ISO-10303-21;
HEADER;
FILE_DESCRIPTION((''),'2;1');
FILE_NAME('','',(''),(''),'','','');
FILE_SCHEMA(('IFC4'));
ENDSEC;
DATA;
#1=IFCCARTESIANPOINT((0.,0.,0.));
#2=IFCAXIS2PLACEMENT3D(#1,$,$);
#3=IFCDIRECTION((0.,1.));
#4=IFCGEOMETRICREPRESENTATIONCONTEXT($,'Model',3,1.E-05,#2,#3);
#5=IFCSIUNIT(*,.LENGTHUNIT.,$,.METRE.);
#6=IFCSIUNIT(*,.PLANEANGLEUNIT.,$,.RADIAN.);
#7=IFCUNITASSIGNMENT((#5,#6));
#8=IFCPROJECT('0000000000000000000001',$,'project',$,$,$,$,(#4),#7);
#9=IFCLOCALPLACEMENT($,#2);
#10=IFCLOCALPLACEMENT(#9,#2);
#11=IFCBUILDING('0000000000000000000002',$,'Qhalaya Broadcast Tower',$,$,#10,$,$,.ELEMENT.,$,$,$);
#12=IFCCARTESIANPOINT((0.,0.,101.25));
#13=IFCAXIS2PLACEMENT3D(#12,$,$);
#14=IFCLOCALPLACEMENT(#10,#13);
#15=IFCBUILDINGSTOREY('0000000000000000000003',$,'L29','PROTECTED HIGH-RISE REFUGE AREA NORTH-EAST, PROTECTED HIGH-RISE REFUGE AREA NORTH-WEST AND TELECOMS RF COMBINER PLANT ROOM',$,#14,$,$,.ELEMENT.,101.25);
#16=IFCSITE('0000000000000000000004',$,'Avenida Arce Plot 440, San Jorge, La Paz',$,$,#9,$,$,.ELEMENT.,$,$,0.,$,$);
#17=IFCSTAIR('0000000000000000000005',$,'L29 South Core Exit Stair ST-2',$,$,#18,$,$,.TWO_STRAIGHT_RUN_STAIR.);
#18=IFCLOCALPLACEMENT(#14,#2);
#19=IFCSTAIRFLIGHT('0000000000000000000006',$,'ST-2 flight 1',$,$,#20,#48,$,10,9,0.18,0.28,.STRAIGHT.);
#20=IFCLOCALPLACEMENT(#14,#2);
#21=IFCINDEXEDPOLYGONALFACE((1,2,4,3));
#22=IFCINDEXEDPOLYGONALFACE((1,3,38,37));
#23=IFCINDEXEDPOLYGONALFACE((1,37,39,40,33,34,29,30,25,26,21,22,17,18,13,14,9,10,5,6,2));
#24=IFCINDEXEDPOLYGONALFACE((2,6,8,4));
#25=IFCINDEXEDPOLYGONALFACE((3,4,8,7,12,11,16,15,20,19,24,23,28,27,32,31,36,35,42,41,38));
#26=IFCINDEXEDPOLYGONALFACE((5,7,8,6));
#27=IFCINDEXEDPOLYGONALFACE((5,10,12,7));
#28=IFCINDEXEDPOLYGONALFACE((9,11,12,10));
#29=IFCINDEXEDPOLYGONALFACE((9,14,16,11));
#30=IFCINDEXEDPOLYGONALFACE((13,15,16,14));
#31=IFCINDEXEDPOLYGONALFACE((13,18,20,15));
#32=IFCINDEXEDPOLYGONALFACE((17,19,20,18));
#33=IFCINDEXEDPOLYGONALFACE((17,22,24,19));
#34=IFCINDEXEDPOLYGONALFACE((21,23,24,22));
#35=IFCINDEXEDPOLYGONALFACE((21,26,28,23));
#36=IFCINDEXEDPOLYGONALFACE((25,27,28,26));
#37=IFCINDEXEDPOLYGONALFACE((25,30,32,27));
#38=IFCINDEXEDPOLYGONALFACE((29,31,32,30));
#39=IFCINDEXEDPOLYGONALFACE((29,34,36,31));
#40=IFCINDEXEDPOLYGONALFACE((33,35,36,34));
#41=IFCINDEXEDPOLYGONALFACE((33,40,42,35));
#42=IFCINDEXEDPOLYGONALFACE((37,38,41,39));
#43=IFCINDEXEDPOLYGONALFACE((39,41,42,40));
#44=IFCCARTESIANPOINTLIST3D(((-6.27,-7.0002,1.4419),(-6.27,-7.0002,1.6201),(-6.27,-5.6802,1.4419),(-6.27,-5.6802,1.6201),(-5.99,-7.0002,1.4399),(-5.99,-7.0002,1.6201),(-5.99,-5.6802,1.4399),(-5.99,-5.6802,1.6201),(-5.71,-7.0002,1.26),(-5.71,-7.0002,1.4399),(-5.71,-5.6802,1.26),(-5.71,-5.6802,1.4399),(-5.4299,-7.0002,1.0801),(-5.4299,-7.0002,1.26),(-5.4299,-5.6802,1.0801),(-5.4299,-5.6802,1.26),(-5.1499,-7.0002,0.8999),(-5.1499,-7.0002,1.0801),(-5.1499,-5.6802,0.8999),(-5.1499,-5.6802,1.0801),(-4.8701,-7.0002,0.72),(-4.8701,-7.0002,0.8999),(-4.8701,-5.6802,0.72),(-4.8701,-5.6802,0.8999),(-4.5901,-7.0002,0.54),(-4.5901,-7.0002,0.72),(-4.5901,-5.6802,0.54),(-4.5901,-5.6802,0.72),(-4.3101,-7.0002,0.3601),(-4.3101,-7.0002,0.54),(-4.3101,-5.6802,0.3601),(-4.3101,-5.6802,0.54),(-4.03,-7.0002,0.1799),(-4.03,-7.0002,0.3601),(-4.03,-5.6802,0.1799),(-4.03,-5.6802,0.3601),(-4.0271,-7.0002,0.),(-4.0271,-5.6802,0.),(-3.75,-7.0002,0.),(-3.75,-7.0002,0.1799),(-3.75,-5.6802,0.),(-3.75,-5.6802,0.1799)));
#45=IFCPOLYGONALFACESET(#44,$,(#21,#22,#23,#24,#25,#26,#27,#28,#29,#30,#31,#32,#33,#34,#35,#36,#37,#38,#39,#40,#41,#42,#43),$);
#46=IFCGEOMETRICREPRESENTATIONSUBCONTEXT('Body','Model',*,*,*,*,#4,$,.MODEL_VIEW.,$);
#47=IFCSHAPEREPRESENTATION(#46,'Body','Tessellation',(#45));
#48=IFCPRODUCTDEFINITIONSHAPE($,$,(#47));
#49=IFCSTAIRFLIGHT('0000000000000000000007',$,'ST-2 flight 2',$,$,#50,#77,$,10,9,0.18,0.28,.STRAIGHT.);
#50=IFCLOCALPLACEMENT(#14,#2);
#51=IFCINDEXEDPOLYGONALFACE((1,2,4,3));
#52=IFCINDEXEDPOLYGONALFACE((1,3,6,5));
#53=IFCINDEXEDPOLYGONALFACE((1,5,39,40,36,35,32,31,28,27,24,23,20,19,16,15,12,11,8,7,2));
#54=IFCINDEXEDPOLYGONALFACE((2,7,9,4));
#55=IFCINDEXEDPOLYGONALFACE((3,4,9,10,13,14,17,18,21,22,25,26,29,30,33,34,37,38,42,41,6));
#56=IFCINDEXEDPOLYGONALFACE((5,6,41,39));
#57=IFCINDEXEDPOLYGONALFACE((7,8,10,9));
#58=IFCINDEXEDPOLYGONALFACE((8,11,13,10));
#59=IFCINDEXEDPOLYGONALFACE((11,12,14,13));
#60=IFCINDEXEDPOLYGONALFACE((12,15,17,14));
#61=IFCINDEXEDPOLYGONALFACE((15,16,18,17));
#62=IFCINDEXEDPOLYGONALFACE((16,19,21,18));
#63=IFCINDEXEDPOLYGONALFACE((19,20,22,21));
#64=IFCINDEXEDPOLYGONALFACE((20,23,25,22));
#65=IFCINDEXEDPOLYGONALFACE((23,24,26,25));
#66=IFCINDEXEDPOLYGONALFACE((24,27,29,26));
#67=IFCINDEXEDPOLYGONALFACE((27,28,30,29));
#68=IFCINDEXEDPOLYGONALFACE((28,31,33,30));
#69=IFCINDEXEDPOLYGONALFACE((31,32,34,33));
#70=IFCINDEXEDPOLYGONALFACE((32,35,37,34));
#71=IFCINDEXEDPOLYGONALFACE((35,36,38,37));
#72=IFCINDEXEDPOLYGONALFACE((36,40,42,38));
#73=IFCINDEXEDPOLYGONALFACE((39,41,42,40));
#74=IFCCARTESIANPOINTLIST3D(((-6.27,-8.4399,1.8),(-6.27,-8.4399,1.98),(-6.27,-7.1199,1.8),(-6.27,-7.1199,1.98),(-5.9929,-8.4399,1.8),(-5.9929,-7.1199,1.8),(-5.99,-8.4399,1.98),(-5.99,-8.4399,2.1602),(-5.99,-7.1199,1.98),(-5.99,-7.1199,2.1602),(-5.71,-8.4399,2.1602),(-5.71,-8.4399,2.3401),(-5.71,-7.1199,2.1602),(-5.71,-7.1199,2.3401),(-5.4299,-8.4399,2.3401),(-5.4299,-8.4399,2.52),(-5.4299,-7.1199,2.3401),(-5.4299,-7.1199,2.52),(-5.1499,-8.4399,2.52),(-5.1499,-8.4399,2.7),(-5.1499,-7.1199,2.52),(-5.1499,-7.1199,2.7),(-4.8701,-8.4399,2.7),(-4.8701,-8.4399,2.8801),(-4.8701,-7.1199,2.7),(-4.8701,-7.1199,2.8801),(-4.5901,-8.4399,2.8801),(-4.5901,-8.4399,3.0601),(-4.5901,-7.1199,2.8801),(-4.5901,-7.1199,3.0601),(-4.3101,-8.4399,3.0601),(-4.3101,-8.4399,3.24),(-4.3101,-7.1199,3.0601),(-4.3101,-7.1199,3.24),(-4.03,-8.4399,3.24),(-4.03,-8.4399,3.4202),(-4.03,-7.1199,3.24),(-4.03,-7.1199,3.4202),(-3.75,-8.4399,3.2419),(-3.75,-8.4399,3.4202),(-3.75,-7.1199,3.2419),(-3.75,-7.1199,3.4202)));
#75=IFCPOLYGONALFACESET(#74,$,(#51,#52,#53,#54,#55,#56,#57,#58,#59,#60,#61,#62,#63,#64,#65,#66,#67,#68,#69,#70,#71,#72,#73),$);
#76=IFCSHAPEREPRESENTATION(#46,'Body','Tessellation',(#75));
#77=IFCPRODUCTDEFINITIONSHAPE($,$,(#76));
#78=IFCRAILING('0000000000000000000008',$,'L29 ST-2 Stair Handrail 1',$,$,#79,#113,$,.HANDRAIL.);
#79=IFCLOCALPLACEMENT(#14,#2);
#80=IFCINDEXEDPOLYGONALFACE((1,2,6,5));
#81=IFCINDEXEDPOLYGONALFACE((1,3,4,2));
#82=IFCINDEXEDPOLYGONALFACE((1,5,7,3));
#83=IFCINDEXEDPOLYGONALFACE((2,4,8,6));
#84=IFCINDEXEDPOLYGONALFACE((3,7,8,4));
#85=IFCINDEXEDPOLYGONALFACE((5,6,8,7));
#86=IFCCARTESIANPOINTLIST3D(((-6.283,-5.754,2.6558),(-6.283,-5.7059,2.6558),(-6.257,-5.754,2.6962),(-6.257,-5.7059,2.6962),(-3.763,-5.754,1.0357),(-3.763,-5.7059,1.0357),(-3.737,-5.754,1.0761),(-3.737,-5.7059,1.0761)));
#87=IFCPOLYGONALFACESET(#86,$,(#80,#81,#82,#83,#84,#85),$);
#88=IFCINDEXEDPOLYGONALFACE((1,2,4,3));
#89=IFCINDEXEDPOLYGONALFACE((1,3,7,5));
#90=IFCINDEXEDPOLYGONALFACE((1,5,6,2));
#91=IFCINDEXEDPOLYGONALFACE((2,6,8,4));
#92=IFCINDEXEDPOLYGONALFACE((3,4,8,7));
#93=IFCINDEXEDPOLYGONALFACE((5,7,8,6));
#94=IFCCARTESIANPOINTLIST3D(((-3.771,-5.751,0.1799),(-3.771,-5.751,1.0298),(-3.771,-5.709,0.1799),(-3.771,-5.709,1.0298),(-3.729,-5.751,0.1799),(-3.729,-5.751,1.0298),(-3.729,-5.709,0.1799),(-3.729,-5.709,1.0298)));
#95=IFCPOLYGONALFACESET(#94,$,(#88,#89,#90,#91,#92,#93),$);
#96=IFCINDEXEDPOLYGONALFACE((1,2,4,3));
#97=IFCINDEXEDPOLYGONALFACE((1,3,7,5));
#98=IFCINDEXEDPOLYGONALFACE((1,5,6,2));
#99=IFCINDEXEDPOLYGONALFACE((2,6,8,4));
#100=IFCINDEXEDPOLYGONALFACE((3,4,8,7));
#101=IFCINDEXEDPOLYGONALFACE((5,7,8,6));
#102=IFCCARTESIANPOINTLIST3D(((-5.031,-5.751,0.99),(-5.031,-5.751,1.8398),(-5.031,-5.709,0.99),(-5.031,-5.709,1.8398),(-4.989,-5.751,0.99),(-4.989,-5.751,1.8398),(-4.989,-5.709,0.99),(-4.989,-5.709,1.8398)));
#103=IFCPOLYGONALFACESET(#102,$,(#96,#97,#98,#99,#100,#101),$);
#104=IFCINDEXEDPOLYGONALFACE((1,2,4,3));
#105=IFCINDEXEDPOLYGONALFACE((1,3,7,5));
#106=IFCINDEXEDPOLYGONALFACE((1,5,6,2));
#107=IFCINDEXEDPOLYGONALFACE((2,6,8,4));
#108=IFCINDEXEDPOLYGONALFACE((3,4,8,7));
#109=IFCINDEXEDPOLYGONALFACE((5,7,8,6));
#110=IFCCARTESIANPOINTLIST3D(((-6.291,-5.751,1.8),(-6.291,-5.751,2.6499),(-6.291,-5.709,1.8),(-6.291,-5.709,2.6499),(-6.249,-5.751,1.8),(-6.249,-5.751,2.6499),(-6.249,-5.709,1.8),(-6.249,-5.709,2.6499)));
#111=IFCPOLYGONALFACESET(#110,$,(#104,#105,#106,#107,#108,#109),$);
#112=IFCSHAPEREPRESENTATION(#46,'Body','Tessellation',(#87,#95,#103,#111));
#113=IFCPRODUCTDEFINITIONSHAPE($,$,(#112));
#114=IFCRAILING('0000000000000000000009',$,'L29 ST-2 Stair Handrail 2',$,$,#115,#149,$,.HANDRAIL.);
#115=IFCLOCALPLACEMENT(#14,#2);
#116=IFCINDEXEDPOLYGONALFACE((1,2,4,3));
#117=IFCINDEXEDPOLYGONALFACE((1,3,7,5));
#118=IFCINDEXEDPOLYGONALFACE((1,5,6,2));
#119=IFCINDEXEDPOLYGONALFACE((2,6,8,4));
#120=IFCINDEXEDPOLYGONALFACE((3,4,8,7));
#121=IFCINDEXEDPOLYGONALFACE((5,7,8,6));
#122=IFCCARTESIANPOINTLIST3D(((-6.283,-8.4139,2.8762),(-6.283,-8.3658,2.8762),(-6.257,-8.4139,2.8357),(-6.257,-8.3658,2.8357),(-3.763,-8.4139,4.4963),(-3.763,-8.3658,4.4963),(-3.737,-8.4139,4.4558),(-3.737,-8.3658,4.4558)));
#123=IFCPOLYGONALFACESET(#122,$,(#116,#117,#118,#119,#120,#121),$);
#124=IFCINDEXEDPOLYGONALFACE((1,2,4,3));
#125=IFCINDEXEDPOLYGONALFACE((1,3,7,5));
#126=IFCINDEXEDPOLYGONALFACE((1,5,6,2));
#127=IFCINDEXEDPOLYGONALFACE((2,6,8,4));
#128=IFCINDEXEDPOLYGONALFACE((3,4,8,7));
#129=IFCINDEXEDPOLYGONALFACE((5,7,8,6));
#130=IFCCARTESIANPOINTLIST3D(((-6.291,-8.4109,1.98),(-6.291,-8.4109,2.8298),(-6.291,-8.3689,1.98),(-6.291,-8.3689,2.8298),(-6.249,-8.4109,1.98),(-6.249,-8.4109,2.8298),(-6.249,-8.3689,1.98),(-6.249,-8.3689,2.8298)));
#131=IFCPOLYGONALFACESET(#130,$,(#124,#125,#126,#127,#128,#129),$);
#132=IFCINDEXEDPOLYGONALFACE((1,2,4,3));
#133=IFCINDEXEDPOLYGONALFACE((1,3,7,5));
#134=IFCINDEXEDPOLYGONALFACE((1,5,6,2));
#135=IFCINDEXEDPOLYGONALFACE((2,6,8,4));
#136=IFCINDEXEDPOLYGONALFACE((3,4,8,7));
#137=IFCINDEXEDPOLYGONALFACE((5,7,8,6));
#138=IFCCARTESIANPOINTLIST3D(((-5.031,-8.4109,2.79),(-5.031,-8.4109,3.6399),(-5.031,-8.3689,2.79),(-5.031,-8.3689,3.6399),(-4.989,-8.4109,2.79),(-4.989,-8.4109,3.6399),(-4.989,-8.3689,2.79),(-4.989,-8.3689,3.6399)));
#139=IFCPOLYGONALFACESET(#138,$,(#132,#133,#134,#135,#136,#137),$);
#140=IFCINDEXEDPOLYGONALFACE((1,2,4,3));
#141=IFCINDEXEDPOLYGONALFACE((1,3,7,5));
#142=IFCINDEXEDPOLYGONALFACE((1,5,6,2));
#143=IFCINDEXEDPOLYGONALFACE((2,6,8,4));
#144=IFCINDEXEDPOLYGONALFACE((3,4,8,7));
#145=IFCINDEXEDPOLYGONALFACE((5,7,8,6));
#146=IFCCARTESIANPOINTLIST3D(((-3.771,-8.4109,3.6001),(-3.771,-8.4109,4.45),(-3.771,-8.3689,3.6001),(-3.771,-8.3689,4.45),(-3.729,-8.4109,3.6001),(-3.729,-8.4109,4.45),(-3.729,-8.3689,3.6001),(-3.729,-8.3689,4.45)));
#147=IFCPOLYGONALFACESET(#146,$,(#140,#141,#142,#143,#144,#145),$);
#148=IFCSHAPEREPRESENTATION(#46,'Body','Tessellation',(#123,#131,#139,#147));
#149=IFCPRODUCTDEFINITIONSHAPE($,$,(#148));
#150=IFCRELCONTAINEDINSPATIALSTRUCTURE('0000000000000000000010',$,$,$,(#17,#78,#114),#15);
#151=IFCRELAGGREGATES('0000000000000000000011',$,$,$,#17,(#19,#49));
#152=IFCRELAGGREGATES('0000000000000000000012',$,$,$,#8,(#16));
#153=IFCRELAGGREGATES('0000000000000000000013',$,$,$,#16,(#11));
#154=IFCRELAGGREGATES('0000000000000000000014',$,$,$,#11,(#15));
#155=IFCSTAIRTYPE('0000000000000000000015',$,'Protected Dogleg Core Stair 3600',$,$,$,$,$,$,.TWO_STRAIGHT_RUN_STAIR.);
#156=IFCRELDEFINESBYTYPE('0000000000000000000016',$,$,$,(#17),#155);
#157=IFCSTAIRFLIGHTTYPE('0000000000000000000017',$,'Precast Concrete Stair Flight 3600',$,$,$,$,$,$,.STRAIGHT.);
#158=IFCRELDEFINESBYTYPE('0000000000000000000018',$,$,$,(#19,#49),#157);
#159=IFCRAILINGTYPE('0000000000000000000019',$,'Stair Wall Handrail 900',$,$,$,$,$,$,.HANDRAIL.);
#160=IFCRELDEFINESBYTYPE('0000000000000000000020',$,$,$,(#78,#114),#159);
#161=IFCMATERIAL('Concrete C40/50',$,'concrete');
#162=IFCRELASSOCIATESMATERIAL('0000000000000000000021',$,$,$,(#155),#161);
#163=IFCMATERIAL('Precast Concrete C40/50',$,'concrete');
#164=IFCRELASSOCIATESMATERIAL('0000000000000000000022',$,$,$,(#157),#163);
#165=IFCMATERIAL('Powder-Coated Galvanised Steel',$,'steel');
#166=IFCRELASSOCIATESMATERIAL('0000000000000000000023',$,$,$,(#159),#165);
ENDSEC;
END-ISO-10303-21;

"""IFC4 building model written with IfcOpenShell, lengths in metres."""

from ifc_helpers import new_model, si_unit, direction, frame, origin, origin_2d, place, context, subcontext, project, spatial, polyline, rectangle, outline, extrude, material, type_object, element, aggregate, save


model = new_model("IFC4")

# Units and contexts
model_context = context("Model", 3, precision=1e-05, world=origin(), true_north=direction((0.0, 1.0)))
body_context = subcontext(model_context, "Body", "Model", "MODEL_VIEW")
ifc_project = project(units=[si_unit("LENGTHUNIT", "METRE"), si_unit("PLANEANGLEUNIT", "RADIAN")], contexts=[model_context])

# Site, building, storey
site_placement = place(None, origin())
site = spatial("IfcSite", under=ifc_project, at=site_placement, Name="Avenida Arce Plot 440, San Jorge, La Paz", CompositionType="ELEMENT", RefElevation=0.0)
building_placement = place(site_placement, origin())
building = spatial("IfcBuilding", under=site, at=building_placement, Name="Qhalaya Broadcast Tower", CompositionType="ELEMENT")
storey_placement = place(building_placement, frame((0.0, 0.0, 101.25)))
storey = spatial("IfcBuildingStorey", under=building, at=storey_placement, Name="L29", Description="PROTECTED HIGH-RISE REFUGE AREA NORTH-EAST, PROTECTED HIGH-RISE REFUGE AREA NORTH-WEST AND TELECOMS RF COMBINER PLANT ROOM", CompositionType="ELEMENT", Elevation=101.25)

# Stair, stair flights
ifc_material_1 = material(Name="Concrete C40/50", Category="concrete")
stair_type = type_object("IfcStairType", Name="Protected Dogleg Core Stair 3600", PredefinedType="TWO_STRAIGHT_RUN_STAIR", material=ifc_material_1)
stair_placement = place(storey_placement, origin())
stair = element("IfcStair", 1, at=stair_placement, inside=storey, type_object=stair_type, Name="L29 South Core Exit Stair ST-2", PredefinedType="TWO_STRAIGHT_RUN_STAIR")
ifc_material_2 = material(Name="Precast Concrete C40/50", Category="concrete")
stair_flight_type = type_object("IfcStairFlightType", Name="Precast Concrete Stair Flight 3600", PredefinedType="STRAIGHT", material=ifc_material_2)
stair_flight_1_placement = place(storey_placement, frame((-3.75, -6.3401, 0.0), z_axis=(0.0, 0.0, 1.0), x_axis=(-1.0, 0.0, 0.0)))
stair_flight_1 = element("IfcStairFlight", 2, at=stair_flight_1_placement, type_object=stair_flight_type, Name="ST-2 flight 1", NumberOfRisers=10, NumberOfTreads=9, PredefinedType="STRAIGHT", RiserHeight=0.18, TreadLength=0.28, context=body_context, shape_type="SweptSolid", body=[
    extrude(outline(polyline([(0.0, 0.0), (0.0, 0.1799), (0.28, 0.1799), (0.28, 0.3601), (0.5601, 0.3601), (0.5601, 0.54), (0.8401, 0.54), (0.8401, 0.72), (1.1201, 0.72), (1.1201, 0.8999), (1.3999, 0.8999), (1.3999, 1.0801), (1.6799, 1.0801), (1.6799, 1.26), (1.96, 1.26), (1.96, 1.4399), (2.24, 1.4399), (2.24, 1.6201), (2.52, 1.6201), (2.52, 1.8), (2.52, 1.4419), (0.2771, 0.0), (0.0, 0.0)])), frame((0.0, 0.6602, 0.0), z_axis=(0.0, -1.0, 0.0), x_axis=(1.0, 0.0, 0.0)), (0.0, 0.0, 1.0), 1.3201),
])
stair_flight_2_placement = place(storey_placement, frame((-6.27, -7.78, 1.8), z_axis=(0.0, 0.0, 1.0), x_axis=(1.0, 0.0, 0.0)))
stair_flight_2 = element("IfcStairFlight", 3, at=stair_flight_2_placement, type_object=stair_flight_type, Name="ST-2 flight 2", NumberOfRisers=10, NumberOfTreads=9, PredefinedType="STRAIGHT", RiserHeight=0.18, TreadLength=0.28, context=body_context, shape_type="SweptSolid", body=[
    extrude(outline(polyline([(0.0, 0.0), (0.0, 0.1799), (0.28, 0.1799), (0.28, 0.3601), (0.5601, 0.3601), (0.5601, 0.54), (0.8401, 0.54), (0.8401, 0.72), (1.1201, 0.72), (1.1201, 0.8999), (1.3999, 0.8999), (1.3999, 1.0801), (1.6799, 1.0801), (1.6799, 1.26), (1.96, 1.26), (1.96, 1.4399), (2.24, 1.4399), (2.24, 1.6201), (2.52, 1.6201), (2.52, 1.8), (2.52, 1.4419), (0.2771, 0.0), (0.0, 0.0)])), frame((0.0, 0.6602, 0.0), z_axis=(0.0, -1.0, 0.0), x_axis=(1.0, 0.0, 0.0)), (0.0, 0.0, 1.0), 1.3201),
])
aggregate(stair, [stair_flight_1, stair_flight_2])

# Railings
ifc_material_3 = material(Name="Powder-Coated Galvanised Steel", Category="steel")
railing_type_1 = type_object("IfcRailingType", Name="Stair Wall Handrail 900", PredefinedType="HANDRAIL", material=ifc_material_3)
railing_1_placement = place(storey_placement, frame((-3.75, -5.73, 0.1799)))
element("IfcRailing", 4, at=railing_1_placement, inside=storey, type_object=railing_type_1, Name="L29 ST-2 Stair Handrail 1", PredefinedType="HANDRAIL", context=body_context, shape_type="SweptSolid", body=[
    extrude(rectangle(XDim=0.0481, YDim=0.0481, at=origin_2d()), frame((0.0, 0.0, 0.876), z_axis=(-0.841163, 0.0, 0.540782), x_axis=(0.0, -1.0, 0.0)), (0.0, 0.0, 1.0), 2.9958),
    extrude(rectangle(XDim=0.042, YDim=0.042, at=origin_2d()), origin(), (0.0, 0.0, 1.0), 0.8499),
    extrude(rectangle(XDim=0.042, YDim=0.042, at=origin_2d()), frame((-1.26, 0.0, 0.8101)), (0.0, 0.0, 1.0), 0.8499),
    extrude(rectangle(XDim=0.042, YDim=0.042, at=origin_2d()), frame((-2.52, 0.0, 1.6201)), (0.0, 0.0, 1.0), 0.8499),
])
railing_2_placement = place(storey_placement, frame((-6.27, -8.3899, 1.98)))
element("IfcRailing", 5, at=railing_2_placement, inside=storey, type_object=railing_type_1, Name="L29 ST-2 Stair Handrail 2", PredefinedType="HANDRAIL", context=body_context, shape_type="SweptSolid", body=[
    extrude(rectangle(XDim=0.0481, YDim=0.0481, at=origin_2d()), frame((0.0, 0.0, 0.876), z_axis=(0.841163, 0.0, 0.540782), x_axis=(0.0, 1.0, 0.0)), (0.0, 0.0, 1.0), 2.9958),
    extrude(rectangle(XDim=0.042, YDim=0.042, at=origin_2d()), origin(), (0.0, 0.0, 1.0), 0.8499),
    extrude(rectangle(XDim=0.042, YDim=0.042, at=origin_2d()), frame((1.26, 0.0, 0.8101)), (0.0, 0.0, 1.0), 0.8499),
    extrude(rectangle(XDim=0.042, YDim=0.042, at=origin_2d()), frame((2.52, 0.0, 1.6201)), (0.0, 0.0, 1.0), 0.8499),
])

save(model, "model.ifc")
